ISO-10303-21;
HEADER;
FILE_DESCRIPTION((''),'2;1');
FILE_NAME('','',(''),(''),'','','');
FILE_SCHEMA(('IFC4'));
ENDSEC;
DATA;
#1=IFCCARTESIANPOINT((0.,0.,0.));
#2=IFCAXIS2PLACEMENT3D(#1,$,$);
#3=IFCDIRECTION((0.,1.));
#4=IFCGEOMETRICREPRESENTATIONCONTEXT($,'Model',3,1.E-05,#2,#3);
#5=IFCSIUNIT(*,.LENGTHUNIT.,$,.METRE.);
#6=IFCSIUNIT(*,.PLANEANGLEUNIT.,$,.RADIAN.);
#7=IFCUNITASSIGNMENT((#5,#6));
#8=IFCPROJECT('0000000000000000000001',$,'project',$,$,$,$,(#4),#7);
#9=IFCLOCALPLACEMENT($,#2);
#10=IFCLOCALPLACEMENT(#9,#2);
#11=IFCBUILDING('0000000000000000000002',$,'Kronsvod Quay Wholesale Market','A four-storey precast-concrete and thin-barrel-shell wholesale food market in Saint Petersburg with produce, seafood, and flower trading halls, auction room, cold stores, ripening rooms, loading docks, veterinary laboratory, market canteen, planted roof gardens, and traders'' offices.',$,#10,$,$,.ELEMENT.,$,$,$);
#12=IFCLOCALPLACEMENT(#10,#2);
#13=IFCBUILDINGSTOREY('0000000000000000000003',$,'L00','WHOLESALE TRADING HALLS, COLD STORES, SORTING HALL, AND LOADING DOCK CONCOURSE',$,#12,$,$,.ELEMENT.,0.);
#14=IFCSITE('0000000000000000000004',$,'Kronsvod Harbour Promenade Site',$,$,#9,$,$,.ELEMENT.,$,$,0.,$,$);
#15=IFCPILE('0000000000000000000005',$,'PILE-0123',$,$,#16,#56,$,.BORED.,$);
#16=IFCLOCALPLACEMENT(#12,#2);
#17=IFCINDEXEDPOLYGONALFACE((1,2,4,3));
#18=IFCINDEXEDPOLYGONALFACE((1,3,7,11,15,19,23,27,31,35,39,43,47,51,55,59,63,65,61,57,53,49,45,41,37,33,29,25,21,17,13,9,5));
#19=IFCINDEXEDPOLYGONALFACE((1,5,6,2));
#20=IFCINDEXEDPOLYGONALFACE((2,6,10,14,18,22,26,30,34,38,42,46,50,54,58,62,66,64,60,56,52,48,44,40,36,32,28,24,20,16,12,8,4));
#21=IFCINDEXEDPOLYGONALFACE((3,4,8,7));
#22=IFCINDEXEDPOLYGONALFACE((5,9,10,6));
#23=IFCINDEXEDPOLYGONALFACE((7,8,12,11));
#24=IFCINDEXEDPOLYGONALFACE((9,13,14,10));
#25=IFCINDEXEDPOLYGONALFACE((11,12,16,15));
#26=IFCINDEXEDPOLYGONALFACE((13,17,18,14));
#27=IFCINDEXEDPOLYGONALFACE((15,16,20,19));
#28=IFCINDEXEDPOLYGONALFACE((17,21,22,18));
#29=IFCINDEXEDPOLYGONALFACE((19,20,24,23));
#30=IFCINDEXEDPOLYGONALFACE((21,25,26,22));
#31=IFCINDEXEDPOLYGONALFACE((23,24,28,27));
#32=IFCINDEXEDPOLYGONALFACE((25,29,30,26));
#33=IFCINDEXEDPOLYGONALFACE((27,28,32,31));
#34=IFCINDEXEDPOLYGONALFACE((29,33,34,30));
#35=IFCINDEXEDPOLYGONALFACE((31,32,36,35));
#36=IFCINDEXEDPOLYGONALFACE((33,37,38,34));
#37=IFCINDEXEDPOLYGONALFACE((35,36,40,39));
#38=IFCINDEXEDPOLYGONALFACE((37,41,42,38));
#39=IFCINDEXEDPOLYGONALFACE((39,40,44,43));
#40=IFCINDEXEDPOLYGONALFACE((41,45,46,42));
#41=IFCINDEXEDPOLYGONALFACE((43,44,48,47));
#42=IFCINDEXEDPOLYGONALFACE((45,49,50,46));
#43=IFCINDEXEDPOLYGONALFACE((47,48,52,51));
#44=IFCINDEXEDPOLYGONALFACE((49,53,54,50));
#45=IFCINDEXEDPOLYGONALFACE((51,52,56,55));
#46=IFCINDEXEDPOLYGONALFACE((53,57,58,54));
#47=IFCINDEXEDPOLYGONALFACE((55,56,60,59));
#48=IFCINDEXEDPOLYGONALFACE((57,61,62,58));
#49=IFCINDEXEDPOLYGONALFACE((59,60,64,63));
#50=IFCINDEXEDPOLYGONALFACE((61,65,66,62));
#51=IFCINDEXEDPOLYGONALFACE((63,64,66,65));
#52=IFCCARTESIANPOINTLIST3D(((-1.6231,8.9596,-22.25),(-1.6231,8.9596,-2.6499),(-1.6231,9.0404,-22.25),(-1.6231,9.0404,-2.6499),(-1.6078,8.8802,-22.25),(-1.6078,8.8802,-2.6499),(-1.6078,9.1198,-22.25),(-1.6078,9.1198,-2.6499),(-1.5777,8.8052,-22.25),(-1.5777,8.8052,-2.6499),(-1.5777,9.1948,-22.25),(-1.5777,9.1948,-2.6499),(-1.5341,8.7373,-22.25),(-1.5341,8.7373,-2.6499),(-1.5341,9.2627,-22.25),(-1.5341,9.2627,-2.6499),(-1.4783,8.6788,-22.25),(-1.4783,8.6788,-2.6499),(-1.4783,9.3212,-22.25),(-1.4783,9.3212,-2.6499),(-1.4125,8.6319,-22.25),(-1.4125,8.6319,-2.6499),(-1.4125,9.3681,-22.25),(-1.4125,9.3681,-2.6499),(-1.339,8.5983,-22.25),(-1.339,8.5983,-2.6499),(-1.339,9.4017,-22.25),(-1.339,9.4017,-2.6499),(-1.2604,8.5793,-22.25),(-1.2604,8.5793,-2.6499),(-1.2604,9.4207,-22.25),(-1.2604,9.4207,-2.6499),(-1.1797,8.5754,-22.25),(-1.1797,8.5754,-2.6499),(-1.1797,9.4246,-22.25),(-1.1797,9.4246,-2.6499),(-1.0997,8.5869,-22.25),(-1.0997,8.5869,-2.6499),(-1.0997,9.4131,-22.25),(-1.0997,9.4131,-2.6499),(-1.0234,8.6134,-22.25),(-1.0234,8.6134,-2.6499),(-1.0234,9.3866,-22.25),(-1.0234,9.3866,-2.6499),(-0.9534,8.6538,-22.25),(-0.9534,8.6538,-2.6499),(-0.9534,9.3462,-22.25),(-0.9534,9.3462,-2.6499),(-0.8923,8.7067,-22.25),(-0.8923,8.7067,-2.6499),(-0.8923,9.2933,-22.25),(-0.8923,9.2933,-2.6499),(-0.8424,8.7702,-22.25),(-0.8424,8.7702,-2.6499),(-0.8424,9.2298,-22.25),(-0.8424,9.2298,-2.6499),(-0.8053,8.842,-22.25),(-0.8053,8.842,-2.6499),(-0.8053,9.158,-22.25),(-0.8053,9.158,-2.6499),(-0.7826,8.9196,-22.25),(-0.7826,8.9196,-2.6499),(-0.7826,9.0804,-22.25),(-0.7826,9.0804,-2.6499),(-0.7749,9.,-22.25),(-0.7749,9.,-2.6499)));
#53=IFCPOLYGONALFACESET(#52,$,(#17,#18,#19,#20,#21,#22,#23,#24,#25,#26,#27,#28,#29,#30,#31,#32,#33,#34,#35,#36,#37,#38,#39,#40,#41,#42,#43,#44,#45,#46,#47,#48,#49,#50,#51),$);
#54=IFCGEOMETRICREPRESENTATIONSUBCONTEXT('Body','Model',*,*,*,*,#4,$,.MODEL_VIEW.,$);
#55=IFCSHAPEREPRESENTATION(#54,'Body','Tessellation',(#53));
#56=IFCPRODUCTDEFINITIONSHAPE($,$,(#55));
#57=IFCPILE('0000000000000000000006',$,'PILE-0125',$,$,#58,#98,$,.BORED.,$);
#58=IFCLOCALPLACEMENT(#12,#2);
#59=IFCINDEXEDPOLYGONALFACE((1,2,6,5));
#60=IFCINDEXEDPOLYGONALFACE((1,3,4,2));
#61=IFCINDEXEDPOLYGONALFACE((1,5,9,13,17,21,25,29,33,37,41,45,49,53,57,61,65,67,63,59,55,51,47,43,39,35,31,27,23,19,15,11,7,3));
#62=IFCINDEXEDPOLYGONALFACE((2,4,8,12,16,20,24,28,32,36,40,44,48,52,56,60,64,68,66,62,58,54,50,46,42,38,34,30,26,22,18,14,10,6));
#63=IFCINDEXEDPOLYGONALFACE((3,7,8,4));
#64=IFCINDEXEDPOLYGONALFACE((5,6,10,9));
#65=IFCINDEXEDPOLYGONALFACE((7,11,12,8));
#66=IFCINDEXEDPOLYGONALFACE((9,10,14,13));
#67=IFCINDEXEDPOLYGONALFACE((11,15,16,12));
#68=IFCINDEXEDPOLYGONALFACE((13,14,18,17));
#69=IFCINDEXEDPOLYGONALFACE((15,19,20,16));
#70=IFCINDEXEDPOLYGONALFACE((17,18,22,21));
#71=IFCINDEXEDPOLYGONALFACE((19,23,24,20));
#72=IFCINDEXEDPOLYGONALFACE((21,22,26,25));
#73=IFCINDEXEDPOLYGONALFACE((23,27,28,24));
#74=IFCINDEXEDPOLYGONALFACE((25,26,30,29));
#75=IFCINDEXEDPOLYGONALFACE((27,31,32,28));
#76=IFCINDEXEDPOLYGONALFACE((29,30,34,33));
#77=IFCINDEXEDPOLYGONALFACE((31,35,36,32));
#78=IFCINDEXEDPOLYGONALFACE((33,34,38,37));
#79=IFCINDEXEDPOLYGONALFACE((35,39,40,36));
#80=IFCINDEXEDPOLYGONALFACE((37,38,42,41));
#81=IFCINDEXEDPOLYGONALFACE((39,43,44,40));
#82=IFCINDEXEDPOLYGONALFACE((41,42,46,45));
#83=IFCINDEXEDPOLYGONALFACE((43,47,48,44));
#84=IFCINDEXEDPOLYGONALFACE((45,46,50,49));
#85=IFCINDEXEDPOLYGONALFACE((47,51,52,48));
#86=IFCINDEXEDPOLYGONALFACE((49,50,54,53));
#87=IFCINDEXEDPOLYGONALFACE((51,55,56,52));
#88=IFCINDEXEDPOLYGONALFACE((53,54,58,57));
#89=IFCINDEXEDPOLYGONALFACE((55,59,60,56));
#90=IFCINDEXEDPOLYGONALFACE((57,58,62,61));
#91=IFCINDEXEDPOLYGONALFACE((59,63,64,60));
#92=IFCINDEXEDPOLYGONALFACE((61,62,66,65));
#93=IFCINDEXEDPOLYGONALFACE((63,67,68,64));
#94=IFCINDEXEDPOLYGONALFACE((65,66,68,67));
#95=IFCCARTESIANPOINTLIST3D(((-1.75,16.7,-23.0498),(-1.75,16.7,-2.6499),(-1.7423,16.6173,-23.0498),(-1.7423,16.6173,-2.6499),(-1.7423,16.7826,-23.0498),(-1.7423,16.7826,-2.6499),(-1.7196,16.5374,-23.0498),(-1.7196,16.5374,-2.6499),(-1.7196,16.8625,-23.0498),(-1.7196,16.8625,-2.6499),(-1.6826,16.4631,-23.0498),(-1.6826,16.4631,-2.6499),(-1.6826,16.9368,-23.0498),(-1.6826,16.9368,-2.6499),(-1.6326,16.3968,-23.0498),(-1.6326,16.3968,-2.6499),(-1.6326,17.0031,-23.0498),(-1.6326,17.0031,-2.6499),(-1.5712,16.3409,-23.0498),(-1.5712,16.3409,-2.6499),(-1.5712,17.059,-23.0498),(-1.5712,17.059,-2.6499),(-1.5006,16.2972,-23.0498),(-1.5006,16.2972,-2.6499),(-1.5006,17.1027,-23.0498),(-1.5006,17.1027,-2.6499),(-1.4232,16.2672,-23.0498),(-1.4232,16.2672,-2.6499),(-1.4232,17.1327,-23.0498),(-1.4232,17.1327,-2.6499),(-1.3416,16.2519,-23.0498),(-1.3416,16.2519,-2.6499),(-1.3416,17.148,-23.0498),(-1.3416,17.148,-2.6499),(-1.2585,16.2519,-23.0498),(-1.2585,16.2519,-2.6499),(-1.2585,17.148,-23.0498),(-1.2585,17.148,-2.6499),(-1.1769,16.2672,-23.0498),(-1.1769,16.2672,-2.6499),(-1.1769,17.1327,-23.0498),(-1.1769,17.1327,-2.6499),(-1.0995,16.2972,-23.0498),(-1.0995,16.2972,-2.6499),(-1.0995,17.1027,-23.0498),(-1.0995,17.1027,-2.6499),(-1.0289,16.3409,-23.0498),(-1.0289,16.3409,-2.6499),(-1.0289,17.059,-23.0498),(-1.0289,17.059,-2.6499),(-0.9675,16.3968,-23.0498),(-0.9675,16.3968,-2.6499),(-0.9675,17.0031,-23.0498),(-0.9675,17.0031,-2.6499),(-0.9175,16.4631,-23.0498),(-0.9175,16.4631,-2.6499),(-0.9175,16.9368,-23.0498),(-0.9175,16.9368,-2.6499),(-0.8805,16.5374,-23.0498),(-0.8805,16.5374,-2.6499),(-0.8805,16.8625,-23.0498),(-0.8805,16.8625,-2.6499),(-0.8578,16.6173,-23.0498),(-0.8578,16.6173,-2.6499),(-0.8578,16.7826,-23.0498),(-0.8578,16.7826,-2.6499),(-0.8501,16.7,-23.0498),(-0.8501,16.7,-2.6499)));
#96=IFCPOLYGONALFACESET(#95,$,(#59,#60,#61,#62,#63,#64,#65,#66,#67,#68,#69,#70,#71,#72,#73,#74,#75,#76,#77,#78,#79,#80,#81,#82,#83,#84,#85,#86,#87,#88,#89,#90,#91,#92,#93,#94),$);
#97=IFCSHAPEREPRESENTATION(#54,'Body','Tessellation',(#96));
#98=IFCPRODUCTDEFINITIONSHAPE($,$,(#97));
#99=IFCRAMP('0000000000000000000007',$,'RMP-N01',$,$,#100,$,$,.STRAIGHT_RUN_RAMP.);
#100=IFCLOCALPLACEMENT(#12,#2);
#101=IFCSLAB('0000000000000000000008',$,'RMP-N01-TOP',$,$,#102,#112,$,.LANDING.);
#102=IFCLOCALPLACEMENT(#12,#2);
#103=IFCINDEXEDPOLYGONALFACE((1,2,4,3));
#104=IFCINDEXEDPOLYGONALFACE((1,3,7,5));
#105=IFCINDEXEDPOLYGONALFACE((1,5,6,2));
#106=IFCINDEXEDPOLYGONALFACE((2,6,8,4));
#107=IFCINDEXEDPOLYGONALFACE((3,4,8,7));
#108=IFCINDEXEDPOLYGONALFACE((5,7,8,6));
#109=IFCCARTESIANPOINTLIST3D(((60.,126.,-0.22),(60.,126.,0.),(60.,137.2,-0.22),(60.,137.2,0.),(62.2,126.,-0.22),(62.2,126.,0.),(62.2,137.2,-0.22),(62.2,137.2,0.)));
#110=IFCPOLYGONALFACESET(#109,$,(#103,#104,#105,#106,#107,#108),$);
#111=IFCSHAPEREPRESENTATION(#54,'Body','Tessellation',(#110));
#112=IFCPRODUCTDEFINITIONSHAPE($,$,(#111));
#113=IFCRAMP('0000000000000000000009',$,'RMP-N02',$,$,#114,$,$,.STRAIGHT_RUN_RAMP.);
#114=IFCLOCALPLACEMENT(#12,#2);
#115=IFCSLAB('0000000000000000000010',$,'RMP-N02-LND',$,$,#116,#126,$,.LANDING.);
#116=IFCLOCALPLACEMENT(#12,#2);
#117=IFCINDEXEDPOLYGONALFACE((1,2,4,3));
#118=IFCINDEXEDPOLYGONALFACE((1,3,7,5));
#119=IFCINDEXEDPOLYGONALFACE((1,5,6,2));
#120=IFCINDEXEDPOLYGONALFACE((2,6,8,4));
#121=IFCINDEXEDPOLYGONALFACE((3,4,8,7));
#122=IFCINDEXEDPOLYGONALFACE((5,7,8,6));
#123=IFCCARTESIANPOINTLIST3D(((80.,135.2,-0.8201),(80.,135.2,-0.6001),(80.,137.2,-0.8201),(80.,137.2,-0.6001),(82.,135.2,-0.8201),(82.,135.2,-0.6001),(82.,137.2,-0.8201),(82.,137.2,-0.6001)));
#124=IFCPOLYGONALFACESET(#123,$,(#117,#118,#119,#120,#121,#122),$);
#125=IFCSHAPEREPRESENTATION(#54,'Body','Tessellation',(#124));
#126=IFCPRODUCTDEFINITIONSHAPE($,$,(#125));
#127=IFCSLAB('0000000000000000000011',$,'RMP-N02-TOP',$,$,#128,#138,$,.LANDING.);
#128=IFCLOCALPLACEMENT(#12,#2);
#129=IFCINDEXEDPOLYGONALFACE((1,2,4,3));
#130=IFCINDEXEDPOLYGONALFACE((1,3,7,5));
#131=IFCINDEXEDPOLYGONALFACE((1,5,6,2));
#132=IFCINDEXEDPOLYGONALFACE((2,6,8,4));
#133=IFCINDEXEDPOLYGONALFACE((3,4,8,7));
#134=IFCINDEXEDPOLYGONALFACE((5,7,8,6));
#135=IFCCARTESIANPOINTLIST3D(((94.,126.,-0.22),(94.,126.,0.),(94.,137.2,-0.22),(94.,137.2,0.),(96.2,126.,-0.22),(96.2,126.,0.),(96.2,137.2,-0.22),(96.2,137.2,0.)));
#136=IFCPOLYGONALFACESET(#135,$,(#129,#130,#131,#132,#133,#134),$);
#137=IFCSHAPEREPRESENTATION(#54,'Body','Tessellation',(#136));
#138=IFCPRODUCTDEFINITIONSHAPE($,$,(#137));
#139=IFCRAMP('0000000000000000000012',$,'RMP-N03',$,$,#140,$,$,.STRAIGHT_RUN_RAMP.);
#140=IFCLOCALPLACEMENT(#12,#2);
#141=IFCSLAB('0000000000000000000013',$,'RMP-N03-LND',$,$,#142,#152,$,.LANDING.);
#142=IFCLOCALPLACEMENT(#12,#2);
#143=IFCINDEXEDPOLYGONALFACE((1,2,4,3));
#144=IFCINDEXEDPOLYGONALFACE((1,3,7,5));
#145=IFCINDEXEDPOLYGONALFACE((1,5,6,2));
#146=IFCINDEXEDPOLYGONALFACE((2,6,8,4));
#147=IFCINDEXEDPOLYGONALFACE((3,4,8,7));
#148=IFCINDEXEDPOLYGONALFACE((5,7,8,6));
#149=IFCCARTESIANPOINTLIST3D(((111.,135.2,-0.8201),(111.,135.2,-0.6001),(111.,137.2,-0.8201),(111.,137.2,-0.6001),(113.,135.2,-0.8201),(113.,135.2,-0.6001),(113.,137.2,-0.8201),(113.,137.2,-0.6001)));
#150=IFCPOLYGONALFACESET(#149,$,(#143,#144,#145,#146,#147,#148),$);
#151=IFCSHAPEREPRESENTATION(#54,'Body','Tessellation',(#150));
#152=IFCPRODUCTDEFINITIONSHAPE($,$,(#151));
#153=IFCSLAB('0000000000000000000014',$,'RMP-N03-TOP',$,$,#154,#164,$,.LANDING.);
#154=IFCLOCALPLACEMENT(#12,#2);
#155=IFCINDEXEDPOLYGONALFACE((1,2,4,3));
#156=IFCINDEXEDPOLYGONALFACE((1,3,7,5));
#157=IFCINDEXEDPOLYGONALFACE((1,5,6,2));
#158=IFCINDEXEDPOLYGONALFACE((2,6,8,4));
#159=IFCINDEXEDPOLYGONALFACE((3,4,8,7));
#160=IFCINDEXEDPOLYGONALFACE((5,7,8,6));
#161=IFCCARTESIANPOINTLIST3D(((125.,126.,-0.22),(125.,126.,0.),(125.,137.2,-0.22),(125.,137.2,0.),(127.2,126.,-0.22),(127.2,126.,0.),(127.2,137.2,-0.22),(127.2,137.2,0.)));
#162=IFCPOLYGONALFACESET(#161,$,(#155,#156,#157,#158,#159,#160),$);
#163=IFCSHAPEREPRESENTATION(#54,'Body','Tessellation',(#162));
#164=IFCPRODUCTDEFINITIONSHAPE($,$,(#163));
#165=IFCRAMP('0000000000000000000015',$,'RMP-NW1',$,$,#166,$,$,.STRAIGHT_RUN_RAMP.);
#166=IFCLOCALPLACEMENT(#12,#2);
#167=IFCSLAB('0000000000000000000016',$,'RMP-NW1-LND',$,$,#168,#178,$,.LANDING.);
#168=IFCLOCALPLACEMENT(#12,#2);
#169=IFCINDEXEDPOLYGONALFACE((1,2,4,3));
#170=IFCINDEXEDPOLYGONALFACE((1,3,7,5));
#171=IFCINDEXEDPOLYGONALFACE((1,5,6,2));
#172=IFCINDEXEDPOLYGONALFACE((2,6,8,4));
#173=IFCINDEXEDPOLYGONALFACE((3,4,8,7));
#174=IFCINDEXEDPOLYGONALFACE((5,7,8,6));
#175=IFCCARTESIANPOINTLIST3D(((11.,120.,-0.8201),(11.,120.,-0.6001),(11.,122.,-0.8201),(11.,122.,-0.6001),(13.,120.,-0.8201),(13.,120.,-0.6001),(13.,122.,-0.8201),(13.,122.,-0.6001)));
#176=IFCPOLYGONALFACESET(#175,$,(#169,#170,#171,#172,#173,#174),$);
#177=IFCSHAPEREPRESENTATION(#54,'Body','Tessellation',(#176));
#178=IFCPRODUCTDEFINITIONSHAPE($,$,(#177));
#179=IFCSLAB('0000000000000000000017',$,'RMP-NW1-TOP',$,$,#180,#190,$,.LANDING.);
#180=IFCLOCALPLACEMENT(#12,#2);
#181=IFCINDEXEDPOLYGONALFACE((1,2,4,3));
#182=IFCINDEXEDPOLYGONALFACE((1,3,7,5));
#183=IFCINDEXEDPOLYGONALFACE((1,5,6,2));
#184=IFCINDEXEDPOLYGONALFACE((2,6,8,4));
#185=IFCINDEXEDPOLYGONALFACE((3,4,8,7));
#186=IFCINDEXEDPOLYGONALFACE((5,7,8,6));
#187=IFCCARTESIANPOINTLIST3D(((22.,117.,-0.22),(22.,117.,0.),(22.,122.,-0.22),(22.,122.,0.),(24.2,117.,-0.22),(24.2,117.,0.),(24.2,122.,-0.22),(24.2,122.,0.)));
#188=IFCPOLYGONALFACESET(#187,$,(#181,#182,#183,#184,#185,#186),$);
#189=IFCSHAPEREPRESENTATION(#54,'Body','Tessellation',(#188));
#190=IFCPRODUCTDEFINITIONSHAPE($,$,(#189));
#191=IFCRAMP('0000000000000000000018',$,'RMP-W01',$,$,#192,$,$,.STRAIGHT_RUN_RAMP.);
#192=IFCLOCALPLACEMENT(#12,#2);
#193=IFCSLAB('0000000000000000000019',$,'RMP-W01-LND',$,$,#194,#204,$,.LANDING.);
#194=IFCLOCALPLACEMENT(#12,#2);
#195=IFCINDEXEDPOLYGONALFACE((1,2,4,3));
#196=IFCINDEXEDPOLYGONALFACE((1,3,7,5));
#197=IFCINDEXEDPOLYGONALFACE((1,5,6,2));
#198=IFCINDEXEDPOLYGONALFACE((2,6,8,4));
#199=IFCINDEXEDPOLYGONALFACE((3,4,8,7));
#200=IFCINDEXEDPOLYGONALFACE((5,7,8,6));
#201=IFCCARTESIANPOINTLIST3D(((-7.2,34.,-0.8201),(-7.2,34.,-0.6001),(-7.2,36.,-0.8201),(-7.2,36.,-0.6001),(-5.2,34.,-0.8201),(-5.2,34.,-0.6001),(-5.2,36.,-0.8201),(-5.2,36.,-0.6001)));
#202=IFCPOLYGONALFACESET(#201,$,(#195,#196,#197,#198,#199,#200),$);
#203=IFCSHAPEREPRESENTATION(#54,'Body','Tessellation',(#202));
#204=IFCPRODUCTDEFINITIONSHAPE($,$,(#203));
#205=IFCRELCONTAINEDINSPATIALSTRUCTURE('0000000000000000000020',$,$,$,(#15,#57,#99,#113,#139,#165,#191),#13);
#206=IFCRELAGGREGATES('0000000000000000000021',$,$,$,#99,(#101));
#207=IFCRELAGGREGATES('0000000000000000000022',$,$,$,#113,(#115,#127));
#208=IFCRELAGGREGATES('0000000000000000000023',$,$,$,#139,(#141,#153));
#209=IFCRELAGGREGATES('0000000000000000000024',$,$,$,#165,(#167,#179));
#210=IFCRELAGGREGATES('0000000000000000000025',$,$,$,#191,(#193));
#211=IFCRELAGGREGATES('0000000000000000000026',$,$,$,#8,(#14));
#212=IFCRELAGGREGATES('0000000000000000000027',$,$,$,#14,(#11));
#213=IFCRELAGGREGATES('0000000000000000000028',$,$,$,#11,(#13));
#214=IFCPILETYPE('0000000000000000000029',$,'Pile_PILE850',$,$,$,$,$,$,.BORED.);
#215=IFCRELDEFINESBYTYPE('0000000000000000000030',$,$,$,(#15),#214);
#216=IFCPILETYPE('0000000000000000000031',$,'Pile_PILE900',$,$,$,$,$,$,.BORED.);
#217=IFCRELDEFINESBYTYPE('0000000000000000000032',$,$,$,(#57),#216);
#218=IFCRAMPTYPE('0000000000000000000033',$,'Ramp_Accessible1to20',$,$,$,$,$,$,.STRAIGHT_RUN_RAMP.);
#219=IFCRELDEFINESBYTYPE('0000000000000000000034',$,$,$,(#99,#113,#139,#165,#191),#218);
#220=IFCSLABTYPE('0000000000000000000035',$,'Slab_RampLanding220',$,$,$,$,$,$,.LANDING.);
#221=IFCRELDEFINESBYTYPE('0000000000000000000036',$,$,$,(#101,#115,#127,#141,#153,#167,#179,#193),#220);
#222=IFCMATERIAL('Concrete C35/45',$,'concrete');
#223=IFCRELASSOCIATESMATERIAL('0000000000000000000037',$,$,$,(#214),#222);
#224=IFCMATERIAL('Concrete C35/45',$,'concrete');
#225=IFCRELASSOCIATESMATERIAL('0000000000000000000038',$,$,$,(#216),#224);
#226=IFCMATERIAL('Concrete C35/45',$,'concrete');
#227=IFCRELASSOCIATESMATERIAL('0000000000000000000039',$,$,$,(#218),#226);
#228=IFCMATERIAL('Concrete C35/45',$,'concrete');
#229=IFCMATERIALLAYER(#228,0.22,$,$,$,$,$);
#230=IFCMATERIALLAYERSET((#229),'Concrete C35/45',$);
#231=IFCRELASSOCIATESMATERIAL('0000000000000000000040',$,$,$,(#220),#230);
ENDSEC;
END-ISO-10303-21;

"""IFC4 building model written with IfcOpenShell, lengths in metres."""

from ifc_helpers import new_model, si_unit, direction, frame, origin, origin_2d, place, context, subcontext, project, spatial, polyline, circle, outline, extrude, material, layer, layer_set, material_profile, profile_set, type_object, element, aggregate, save


model = new_model("IFC4")

# Units and contexts
model_context = context("Model", 3, precision=1e-05, world=origin(), true_north=direction((0.0, 1.0)))
body_context = subcontext(model_context, "Body", "Model", "MODEL_VIEW")
ifc_project = project(units=[si_unit("LENGTHUNIT", "METRE"), si_unit("PLANEANGLEUNIT", "RADIAN")], contexts=[model_context])

# Site, building, storey
site_placement = place(None, origin())
site = spatial("IfcSite", under=ifc_project, at=site_placement, Name="Kronsvod Harbour Promenade Site", CompositionType="ELEMENT", RefElevation=0.0)
building_placement = place(site_placement, origin())
building = spatial("IfcBuilding", under=site, at=building_placement, Name="Kronsvod Quay Wholesale Market", Description="A four-storey precast-concrete and thin-barrel-shell wholesale food market in Saint Petersburg with produce, seafood, and flower trading halls, auction room, cold stores, ripening rooms, loading docks, veterinary laboratory, market canteen, planted roof gardens, and traders' offices.", CompositionType="ELEMENT")
storey_placement = place(building_placement, origin())
storey = spatial("IfcBuildingStorey", under=building, at=storey_placement, Name="L00", Description="WHOLESALE TRADING HALLS, COLD STORES, SORTING HALL, AND LOADING DOCK CONCOURSE", CompositionType="ELEMENT", Elevation=0.0)

# Piles
ifc_material_1 = material(Name="Concrete C35/45", Category="concrete")
ifc_material_profile_1 = material_profile(ifc_material_1, circle(Radius=0.425, at=origin_2d()), Name="PILE850")
ifc_profile_set_1 = profile_set([ifc_material_profile_1], Name="Concrete C35/45")
pile_type_1 = type_object("IfcPileType", Name="Pile_PILE850", PredefinedType="BORED", material=ifc_profile_set_1)
pile_1_placement = place(storey_placement, frame((-1.2, 9.0, -2.6499), z_axis=(0.0, 0.0, -1.0), x_axis=(1.0, 0.0, 0.0)))
element("IfcPile", 1, at=pile_1_placement, inside=storey, type_object=pile_type_1, Name="PILE-0123", PredefinedType="BORED", context=body_context, shape_type="SweptSolid", body=[
    extrude(circle(Radius=0.425, at=origin_2d()), origin(), (0.0, 0.0, 1.0), 19.6001),
])
ifc_material_2 = material(Name="Concrete C35/45", Category="concrete")
ifc_material_profile_2 = material_profile(ifc_material_2, circle(Radius=0.45, at=origin_2d()), Name="PILE900")
ifc_profile_set_2 = profile_set([ifc_material_profile_2], Name="Concrete C35/45")
pile_type_2 = type_object("IfcPileType", Name="Pile_PILE900", PredefinedType="BORED", material=ifc_profile_set_2)
pile_2_placement = place(storey_placement, frame((-1.3, 16.7, -2.6499), z_axis=(0.0, 0.0, -1.0), x_axis=(1.0, 0.0, 0.0)))
element("IfcPile", 2, at=pile_2_placement, inside=storey, type_object=pile_type_2, Name="PILE-0125", PredefinedType="BORED", context=body_context, shape_type="SweptSolid", body=[
    extrude(circle(Radius=0.45, at=origin_2d()), origin(), (0.0, 0.0, 1.0), 20.3999),
])

# Ramp, slab
ifc_material_3 = material(Name="Concrete C35/45", Category="concrete")
ramp_type = type_object("IfcRampType", Name="Ramp_Accessible1to20", PredefinedType="STRAIGHT_RUN_RAMP", material=ifc_material_3)
ramp_1_placement = place(storey_placement, origin())
ramp_1 = element("IfcRamp", 3, at=ramp_1_placement, inside=storey, type_object=ramp_type, Name="RMP-N01", PredefinedType="STRAIGHT_RUN_RAMP")
ifc_material_4 = material(Name="Concrete C35/45", Category="concrete")
ifc_layer_1 = layer(ifc_material_4, 0.22)
ifc_layer_set_1 = layer_set([ifc_layer_1], Name="Concrete C35/45")
slab_type_1 = type_object("IfcSlabType", Name="Slab_RampLanding220", PredefinedType="LANDING", material=ifc_layer_set_1)
slab_1_placement = place(storey_placement, frame((0.0, 0.0, -0.22)))
slab_1 = element("IfcSlab", 4, at=slab_1_placement, type_object=slab_type_1, Name="RMP-N01-TOP", PredefinedType="LANDING", context=body_context, shape_type="SweptSolid", body=[
    extrude(outline(polyline([(60.0, 126.0), (62.2, 126.0), (62.2, 137.2), (60.0, 137.2), (60.0, 126.0)])), origin(), (0.0, 0.0, 1.0), 0.22),
])
aggregate(ramp_1, [slab_1])

# Ramps, slabs
ramp_2_placement = place(storey_placement, origin())
ramp_2 = element("IfcRamp", 5, at=ramp_2_placement, inside=storey, type_object=ramp_type, Name="RMP-N02", PredefinedType="STRAIGHT_RUN_RAMP")
slab_2_placement = place(storey_placement, frame((0.0, 0.0, -0.8201)))
slab_2 = element("IfcSlab", 6, at=slab_2_placement, type_object=slab_type_1, Name="RMP-N02-LND", PredefinedType="LANDING", context=body_context, shape_type="SweptSolid", body=[
    extrude(outline(polyline([(80.0, 135.2), (82.0, 135.2), (82.0, 137.2), (80.0, 137.2), (80.0, 135.2)])), origin(), (0.0, 0.0, 1.0), 0.22),
])
slab_3_placement = place(storey_placement, frame((0.0, 0.0, -0.22)))
slab_3 = element("IfcSlab", 7, at=slab_3_placement, type_object=slab_type_1, Name="RMP-N02-TOP", PredefinedType="LANDING", context=body_context, shape_type="SweptSolid", body=[
    extrude(outline(polyline([(94.0, 126.0), (96.2, 126.0), (96.2, 137.2), (94.0, 137.2), (94.0, 126.0)])), origin(), (0.0, 0.0, 1.0), 0.22),
])
aggregate(ramp_2, [slab_2, slab_3])
ramp_3_placement = place(storey_placement, origin())
ramp_3 = element("IfcRamp", 8, at=ramp_3_placement, inside=storey, type_object=ramp_type, Name="RMP-N03", PredefinedType="STRAIGHT_RUN_RAMP")
slab_4_placement = place(storey_placement, frame((0.0, 0.0, -0.8201)))
slab_4 = element("IfcSlab", 9, at=slab_4_placement, type_object=slab_type_1, Name="RMP-N03-LND", PredefinedType="LANDING", context=body_context, shape_type="SweptSolid", body=[
    extrude(outline(polyline([(111.0, 135.2), (113.0, 135.2), (113.0, 137.2), (111.0, 137.2), (111.0, 135.2)])), origin(), (0.0, 0.0, 1.0), 0.22),
])
slab_5_placement = place(storey_placement, frame((0.0, 0.0, -0.22)))
slab_5 = element("IfcSlab", 10, at=slab_5_placement, type_object=slab_type_1, Name="RMP-N03-TOP", PredefinedType="LANDING", context=body_context, shape_type="SweptSolid", body=[
    extrude(outline(polyline([(125.0, 126.0), (127.2, 126.0), (127.2, 137.2), (125.0, 137.2), (125.0, 126.0)])), origin(), (0.0, 0.0, 1.0), 0.22),
])
aggregate(ramp_3, [slab_4, slab_5])
ramp_4_placement = place(storey_placement, origin())
ramp_4 = element("IfcRamp", 11, at=ramp_4_placement, inside=storey, type_object=ramp_type, Name="RMP-NW1", PredefinedType="STRAIGHT_RUN_RAMP")
slab_6_placement = place(storey_placement, frame((0.0, 0.0, -0.8201)))
slab_6 = element("IfcSlab", 12, at=slab_6_placement, type_object=slab_type_1, Name="RMP-NW1-LND", PredefinedType="LANDING", context=body_context, shape_type="SweptSolid", body=[
    extrude(outline(polyline([(11.0, 120.0), (13.0, 120.0), (13.0, 122.0), (11.0, 122.0), (11.0, 120.0)])), origin(), (0.0, 0.0, 1.0), 0.22),
])
slab_7_placement = place(storey_placement, frame((0.0, 0.0, -0.22)))
slab_7 = element("IfcSlab", 13, at=slab_7_placement, type_object=slab_type_1, Name="RMP-NW1-TOP", PredefinedType="LANDING", context=body_context, shape_type="SweptSolid", body=[
    extrude(outline(polyline([(22.0, 117.0), (24.2, 117.0), (24.2, 122.0), (22.0, 122.0), (22.0, 117.0)])), origin(), (0.0, 0.0, 1.0), 0.22),
])
aggregate(ramp_4, [slab_6, slab_7])
ramp_5_placement = place(storey_placement, origin())
ramp_5 = element("IfcRamp", 14, at=ramp_5_placement, inside=storey, type_object=ramp_type, Name="RMP-W01", PredefinedType="STRAIGHT_RUN_RAMP")
slab_8_placement = place(storey_placement, frame((0.0, 0.0, -0.8201)))
slab_8 = element("IfcSlab", 15, at=slab_8_placement, type_object=slab_type_1, Name="RMP-W01-LND", PredefinedType="LANDING", context=body_context, shape_type="SweptSolid", body=[
    extrude(outline(polyline([(-5.2, 34.0), (-5.2, 36.0), (-7.2, 36.0), (-7.2, 34.0), (-5.2, 34.0)])), origin(), (0.0, 0.0, 1.0), 0.22),
])
aggregate(ramp_5, [slab_8])

save(model, "model.ifc")
